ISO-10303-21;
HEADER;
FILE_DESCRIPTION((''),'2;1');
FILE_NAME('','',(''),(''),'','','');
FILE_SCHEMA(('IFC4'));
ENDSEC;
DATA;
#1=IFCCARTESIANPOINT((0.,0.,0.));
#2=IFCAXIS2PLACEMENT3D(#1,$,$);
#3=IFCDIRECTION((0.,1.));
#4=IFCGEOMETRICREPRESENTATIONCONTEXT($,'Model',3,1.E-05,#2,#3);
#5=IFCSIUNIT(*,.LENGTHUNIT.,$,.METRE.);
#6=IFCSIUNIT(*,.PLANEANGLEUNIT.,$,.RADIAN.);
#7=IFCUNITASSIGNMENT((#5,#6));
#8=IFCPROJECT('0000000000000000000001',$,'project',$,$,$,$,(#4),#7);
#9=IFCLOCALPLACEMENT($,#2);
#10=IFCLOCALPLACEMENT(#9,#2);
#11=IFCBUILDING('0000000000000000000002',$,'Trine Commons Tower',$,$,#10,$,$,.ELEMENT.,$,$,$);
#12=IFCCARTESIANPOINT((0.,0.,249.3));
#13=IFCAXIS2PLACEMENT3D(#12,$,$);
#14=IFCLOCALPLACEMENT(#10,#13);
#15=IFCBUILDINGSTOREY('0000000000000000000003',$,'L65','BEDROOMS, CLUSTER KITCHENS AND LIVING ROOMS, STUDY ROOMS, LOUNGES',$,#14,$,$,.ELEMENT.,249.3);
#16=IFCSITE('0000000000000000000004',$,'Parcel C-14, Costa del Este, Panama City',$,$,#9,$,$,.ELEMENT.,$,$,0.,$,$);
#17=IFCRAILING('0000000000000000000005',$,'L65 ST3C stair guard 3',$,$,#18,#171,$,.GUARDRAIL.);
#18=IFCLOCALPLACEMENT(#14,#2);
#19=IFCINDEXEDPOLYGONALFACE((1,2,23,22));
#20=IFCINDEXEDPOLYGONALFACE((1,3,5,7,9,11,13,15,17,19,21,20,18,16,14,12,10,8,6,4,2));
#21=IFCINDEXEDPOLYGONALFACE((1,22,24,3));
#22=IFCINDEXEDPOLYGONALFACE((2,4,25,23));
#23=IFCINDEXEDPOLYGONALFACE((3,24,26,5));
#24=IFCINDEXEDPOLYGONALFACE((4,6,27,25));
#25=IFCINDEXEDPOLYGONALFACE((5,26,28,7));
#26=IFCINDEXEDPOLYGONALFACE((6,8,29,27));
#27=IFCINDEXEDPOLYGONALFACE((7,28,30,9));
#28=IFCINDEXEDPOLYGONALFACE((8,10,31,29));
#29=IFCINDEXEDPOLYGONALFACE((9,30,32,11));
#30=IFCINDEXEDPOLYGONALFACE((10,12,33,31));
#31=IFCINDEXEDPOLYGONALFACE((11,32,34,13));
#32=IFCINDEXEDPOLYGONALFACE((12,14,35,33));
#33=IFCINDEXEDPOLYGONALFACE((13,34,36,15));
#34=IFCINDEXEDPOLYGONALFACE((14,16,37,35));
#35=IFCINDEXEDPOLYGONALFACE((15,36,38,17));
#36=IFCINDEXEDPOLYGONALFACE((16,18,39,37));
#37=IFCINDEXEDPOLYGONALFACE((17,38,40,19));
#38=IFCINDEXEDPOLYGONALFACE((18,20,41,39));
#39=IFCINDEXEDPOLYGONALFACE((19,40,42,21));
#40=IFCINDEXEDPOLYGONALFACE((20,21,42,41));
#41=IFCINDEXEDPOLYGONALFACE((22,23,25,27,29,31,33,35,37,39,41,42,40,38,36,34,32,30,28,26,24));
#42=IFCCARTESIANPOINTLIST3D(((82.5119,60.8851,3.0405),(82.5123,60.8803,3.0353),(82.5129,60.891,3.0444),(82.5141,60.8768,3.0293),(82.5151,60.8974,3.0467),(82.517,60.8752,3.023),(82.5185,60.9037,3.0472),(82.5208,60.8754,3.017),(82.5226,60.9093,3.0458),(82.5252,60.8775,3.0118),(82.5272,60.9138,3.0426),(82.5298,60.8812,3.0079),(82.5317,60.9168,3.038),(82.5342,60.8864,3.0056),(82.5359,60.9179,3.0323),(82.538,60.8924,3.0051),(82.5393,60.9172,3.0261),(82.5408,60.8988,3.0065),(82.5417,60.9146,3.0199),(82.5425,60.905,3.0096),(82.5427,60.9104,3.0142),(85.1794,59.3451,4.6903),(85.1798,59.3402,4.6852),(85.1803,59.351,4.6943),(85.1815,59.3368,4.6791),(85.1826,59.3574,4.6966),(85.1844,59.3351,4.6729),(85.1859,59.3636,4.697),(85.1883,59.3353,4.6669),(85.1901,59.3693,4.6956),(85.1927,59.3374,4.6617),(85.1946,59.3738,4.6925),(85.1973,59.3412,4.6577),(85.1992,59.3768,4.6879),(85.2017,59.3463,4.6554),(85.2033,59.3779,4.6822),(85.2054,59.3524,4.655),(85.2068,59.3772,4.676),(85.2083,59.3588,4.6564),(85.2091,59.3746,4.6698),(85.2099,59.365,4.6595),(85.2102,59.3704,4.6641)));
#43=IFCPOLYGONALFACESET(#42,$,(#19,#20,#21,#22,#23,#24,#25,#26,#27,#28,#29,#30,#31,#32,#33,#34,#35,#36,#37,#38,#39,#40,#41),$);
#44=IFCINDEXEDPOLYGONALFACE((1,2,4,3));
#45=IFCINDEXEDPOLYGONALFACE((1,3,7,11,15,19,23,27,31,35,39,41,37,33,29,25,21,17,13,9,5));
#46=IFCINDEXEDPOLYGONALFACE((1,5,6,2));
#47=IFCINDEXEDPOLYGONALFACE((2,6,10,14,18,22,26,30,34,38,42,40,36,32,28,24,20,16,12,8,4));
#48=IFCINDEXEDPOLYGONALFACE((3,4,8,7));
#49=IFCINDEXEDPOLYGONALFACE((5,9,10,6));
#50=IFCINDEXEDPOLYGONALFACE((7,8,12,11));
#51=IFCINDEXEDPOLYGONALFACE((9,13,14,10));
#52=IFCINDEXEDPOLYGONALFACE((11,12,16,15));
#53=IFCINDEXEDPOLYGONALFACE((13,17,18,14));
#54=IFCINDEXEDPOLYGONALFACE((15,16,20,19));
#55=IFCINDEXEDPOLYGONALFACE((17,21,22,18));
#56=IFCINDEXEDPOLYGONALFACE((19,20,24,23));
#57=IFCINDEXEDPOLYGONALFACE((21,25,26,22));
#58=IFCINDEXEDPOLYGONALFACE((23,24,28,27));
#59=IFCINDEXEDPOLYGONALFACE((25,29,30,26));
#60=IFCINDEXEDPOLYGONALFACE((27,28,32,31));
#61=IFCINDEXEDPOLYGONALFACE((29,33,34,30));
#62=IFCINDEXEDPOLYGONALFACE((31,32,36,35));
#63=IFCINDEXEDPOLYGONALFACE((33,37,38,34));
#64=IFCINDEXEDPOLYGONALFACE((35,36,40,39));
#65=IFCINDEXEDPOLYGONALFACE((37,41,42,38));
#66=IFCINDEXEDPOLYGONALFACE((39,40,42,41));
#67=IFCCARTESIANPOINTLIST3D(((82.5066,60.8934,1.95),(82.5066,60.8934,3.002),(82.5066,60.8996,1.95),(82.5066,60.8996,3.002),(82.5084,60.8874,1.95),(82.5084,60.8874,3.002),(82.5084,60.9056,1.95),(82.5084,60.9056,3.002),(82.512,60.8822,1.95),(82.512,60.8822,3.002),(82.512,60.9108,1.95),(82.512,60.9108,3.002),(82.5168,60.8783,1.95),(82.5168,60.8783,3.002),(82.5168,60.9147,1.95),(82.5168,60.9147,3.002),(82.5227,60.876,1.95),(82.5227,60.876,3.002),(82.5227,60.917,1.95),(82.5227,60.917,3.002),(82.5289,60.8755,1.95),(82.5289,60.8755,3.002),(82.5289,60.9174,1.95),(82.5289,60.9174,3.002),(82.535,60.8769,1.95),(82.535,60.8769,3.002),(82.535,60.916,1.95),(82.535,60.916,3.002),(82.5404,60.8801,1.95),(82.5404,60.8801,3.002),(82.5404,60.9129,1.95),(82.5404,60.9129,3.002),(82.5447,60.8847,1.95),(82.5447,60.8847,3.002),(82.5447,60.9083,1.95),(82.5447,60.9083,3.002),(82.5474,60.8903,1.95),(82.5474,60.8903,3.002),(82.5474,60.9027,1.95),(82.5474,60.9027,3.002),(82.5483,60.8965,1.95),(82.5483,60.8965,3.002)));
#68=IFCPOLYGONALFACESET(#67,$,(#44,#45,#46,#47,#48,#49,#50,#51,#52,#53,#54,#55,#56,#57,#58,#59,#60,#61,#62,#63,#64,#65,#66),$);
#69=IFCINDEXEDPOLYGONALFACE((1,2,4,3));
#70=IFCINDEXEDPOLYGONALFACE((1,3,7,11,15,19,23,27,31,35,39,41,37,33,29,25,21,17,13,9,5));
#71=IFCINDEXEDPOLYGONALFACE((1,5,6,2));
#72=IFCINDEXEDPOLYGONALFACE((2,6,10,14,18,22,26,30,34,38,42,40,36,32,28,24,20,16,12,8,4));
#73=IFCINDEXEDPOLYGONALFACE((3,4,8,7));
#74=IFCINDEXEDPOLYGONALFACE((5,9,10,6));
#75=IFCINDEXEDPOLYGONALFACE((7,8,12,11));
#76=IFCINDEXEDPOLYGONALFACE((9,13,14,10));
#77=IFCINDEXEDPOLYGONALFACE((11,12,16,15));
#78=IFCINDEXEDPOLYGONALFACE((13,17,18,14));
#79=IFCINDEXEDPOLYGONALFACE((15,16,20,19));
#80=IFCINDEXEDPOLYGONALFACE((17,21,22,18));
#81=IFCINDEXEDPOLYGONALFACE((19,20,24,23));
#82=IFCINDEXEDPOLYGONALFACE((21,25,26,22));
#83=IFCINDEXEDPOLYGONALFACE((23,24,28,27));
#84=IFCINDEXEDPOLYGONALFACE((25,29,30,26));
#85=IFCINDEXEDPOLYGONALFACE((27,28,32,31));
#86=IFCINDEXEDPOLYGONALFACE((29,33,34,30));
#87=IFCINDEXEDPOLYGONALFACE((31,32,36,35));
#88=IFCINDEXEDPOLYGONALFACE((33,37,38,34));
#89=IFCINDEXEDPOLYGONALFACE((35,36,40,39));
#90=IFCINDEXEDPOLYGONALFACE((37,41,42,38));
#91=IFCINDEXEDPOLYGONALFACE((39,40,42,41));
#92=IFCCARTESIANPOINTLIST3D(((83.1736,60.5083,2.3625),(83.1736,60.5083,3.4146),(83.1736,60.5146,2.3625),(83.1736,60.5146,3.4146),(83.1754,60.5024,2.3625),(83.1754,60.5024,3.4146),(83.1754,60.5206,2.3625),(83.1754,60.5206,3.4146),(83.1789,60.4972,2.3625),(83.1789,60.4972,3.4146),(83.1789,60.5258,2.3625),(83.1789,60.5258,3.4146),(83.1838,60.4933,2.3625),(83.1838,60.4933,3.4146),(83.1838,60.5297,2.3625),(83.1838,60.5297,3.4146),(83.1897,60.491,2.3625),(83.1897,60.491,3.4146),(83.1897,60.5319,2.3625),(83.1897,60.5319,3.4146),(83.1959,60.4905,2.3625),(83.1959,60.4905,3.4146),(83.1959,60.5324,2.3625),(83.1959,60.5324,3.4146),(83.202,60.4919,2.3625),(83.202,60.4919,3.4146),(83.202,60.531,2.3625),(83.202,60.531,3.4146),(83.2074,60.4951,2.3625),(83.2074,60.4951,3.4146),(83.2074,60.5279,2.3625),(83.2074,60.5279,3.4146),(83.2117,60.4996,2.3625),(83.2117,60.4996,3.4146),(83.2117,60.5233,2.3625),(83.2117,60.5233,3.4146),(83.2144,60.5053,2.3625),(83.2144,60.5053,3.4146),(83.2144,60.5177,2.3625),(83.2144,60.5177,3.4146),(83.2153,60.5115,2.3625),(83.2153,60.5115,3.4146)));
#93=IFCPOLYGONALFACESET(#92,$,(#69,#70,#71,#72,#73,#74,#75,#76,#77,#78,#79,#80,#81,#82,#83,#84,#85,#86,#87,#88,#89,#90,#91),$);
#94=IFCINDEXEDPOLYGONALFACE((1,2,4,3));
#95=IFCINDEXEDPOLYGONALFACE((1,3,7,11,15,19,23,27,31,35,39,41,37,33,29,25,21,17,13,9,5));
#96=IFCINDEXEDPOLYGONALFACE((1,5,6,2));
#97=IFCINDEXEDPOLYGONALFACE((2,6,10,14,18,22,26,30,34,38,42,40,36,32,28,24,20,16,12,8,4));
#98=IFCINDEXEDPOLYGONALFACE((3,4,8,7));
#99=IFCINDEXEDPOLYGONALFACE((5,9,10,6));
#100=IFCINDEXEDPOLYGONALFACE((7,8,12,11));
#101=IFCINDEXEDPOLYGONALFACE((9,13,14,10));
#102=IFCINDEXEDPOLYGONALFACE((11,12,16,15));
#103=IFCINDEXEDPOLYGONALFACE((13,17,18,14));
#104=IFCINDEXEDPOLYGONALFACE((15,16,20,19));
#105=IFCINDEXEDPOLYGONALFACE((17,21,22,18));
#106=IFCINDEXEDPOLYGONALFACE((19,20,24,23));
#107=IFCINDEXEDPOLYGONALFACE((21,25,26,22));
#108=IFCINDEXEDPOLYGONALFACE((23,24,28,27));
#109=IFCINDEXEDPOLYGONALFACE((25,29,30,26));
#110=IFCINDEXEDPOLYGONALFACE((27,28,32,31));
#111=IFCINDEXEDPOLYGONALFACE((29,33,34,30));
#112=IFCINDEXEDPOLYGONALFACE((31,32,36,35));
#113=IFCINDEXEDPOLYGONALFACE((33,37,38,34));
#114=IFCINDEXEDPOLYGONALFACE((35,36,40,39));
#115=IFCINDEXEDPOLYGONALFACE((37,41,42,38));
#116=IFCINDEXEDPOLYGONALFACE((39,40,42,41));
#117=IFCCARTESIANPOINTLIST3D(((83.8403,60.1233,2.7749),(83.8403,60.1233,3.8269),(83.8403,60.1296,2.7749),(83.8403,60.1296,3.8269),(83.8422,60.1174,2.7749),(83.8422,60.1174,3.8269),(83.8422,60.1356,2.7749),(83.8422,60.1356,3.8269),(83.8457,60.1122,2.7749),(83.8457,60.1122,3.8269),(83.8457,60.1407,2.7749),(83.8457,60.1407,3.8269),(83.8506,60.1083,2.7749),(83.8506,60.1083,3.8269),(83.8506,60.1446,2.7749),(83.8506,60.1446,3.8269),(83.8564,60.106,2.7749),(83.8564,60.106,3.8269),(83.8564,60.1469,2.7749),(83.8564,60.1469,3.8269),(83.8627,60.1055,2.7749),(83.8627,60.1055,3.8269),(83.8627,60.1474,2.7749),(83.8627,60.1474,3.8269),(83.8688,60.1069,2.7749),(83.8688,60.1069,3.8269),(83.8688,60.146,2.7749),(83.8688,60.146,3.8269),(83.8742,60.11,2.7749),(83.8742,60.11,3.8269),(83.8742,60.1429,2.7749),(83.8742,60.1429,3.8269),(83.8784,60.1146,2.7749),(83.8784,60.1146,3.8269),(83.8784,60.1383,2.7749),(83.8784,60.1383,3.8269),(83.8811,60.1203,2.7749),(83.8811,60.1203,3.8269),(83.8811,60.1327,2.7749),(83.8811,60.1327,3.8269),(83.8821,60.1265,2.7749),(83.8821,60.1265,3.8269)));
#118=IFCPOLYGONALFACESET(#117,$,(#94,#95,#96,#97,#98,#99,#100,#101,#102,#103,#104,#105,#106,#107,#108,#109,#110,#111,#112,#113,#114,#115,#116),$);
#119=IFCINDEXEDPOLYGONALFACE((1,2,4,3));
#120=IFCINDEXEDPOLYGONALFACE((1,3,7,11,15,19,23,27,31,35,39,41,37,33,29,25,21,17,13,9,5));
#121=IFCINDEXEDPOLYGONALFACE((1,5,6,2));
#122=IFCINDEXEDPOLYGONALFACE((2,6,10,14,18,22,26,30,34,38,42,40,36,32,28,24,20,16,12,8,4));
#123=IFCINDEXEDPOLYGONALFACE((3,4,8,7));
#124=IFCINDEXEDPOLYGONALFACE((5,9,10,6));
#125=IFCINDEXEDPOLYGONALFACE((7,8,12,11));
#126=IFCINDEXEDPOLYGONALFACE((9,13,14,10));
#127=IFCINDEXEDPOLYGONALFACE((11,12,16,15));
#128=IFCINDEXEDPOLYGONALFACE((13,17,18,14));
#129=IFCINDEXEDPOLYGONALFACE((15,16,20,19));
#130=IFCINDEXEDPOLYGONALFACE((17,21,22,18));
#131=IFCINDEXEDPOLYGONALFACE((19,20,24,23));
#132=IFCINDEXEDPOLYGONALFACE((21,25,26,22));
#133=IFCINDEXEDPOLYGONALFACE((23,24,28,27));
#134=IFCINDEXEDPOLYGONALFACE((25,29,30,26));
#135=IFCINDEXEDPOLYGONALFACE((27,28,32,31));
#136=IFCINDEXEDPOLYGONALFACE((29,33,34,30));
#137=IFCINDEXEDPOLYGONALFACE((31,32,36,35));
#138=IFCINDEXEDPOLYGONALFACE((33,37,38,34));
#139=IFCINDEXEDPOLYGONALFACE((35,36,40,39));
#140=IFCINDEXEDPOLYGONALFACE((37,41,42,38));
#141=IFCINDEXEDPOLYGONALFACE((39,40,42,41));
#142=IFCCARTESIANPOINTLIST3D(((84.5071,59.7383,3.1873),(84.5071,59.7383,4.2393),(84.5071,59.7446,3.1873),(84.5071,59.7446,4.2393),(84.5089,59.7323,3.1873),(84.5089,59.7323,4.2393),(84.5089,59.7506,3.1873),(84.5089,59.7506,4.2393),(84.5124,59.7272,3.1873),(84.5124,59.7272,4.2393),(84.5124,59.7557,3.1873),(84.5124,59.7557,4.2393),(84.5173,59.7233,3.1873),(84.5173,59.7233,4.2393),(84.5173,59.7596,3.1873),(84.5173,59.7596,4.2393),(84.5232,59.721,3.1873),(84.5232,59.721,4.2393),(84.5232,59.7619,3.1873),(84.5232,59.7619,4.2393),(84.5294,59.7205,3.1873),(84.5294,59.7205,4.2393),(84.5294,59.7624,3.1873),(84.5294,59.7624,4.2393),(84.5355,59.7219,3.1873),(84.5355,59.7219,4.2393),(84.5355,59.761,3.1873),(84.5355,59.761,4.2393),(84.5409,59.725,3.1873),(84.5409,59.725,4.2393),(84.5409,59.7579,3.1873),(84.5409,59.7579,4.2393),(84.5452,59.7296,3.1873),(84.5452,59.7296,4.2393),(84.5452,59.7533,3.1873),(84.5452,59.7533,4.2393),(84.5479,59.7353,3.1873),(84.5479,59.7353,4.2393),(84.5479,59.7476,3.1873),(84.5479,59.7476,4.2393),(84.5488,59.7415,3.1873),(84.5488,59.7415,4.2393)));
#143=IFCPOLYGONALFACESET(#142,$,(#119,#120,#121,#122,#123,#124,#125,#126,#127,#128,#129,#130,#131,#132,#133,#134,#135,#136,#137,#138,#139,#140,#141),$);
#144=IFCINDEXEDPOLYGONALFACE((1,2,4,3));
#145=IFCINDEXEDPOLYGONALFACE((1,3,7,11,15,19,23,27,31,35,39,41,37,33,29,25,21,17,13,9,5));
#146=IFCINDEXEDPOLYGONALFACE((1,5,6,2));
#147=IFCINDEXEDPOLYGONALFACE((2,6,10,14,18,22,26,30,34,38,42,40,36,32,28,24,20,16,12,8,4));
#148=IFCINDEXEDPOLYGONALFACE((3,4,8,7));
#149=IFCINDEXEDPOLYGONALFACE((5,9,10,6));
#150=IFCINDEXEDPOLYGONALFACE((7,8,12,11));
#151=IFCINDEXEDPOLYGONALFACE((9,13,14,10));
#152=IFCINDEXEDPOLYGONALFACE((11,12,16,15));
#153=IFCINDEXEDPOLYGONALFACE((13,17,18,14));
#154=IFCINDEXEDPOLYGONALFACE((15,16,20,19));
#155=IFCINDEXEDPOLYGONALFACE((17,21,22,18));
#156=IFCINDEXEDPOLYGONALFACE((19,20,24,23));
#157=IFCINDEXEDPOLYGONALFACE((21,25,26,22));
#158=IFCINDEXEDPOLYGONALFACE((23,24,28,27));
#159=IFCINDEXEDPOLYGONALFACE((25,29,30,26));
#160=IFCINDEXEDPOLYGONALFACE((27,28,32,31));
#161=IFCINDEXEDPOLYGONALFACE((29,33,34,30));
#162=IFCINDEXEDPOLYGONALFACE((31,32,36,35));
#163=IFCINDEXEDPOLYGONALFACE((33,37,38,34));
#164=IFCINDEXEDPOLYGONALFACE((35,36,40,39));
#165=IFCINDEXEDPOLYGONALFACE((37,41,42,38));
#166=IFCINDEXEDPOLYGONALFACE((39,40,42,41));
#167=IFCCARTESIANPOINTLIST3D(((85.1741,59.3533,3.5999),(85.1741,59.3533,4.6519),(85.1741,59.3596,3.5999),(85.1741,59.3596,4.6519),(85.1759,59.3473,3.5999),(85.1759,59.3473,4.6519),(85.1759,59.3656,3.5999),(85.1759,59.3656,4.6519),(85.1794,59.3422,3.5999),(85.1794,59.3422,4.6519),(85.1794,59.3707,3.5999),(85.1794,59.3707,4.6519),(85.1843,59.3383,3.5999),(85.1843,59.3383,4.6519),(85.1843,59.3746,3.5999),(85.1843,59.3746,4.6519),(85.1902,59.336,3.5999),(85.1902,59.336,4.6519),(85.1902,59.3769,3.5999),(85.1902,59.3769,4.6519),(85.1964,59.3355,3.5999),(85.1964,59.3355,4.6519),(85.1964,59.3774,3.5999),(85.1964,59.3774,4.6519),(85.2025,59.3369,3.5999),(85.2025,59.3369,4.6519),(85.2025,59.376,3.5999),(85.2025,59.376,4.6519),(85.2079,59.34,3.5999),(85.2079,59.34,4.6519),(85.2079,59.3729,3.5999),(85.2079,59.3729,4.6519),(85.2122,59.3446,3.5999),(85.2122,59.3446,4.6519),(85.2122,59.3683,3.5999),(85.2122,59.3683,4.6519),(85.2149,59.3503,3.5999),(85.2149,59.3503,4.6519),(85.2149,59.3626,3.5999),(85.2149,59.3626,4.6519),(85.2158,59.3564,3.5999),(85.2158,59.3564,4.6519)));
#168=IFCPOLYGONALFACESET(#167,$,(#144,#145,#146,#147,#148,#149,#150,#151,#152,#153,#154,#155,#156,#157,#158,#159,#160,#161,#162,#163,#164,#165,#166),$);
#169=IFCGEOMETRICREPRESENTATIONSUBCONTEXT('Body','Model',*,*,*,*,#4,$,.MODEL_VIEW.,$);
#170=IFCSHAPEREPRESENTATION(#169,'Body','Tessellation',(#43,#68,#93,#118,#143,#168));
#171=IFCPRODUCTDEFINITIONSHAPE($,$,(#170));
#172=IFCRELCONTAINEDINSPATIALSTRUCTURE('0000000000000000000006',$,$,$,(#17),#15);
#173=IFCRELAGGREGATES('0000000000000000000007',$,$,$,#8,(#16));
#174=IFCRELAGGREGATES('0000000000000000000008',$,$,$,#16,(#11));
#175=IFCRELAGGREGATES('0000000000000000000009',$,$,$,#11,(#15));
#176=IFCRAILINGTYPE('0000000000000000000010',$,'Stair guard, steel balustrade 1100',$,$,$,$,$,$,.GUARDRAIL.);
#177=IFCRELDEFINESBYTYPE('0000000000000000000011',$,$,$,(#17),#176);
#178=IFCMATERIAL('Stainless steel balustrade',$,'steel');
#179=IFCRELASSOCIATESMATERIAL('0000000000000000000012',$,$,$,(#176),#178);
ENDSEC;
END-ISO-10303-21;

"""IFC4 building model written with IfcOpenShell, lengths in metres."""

from ifc_helpers import new_model, si_unit, direction, frame, origin, origin_2d, place, context, subcontext, project, spatial, circle, extrude, material, type_object, element, save


model = new_model("IFC4")

# Units and contexts
model_context = context("Model", 3, precision=1e-05, world=origin(), true_north=direction((0.0, 1.0)))
body_context = subcontext(model_context, "Body", "Model", "MODEL_VIEW")
ifc_project = project(units=[si_unit("LENGTHUNIT", "METRE"), si_unit("PLANEANGLEUNIT", "RADIAN")], contexts=[model_context])

# Site, building, storey
site_placement = place(None, origin())
site = spatial("IfcSite", under=ifc_project, at=site_placement, Name="Parcel C-14, Costa del Este, Panama City", CompositionType="ELEMENT", RefElevation=0.0)
building_placement = place(site_placement, origin())
building = spatial("IfcBuilding", under=site, at=building_placement, Name="Trine Commons Tower", CompositionType="ELEMENT")
storey_placement = place(building_placement, frame((0.0, 0.0, 249.3)))
storey = spatial("IfcBuildingStorey", under=building, at=storey_placement, Name="L65", Description="BEDROOMS, CLUSTER KITCHENS AND LIVING ROOMS, STUDY ROOMS, LOUNGES", CompositionType="ELEMENT", Elevation=249.3)

# Railing
ifc_material_1 = material(Name="Stainless steel balustrade", Category="steel")
railing_type_1 = type_object("IfcRailingType", Name="Stair guard, steel balustrade 1100", PredefinedType="GUARDRAIL", material=ifc_material_1)
railing_1_placement = place(storey_placement, frame((82.5273, 60.8965, 1.95)))
element("IfcRailing", 1, at=railing_1_placement, inside=storey, type_object=railing_type_1, Name="L65 ST3C stair guard 3", PredefinedType="GUARDRAIL", context=body_context, shape_type="SweptSolid", body=[
    extrude(circle(Radius=0.0239, at=origin_2d()), frame((0.0, 0.0, 1.0762), z_axis=(0.763405, -0.440743, 0.472185), x_axis=(0.499992, 0.86603, 0.0)), (0.0, 0.0, 1.0), 3.4941),
    extrude(circle(Radius=0.021, at=origin_2d()), origin(), (0.0, 0.0, 1.0), 1.052),
    extrude(circle(Radius=0.021, at=origin_2d()), frame((0.667, -0.385, 0.4126)), (0.0, 0.0, 1.0), 1.052),
    extrude(circle(Radius=0.021, at=origin_2d()), frame((1.3337, -0.77, 0.825)), (0.0, 0.0, 1.0), 1.052),
    extrude(circle(Radius=0.021, at=origin_2d()), frame((2.0005, -1.155, 1.2373)), (0.0, 0.0, 1.0), 1.052),
    extrude(circle(Radius=0.021, at=origin_2d()), frame((2.6675, -1.54, 1.6499)), (0.0, 0.0, 1.0), 1.052),
])

save(model, "model.ifc")
